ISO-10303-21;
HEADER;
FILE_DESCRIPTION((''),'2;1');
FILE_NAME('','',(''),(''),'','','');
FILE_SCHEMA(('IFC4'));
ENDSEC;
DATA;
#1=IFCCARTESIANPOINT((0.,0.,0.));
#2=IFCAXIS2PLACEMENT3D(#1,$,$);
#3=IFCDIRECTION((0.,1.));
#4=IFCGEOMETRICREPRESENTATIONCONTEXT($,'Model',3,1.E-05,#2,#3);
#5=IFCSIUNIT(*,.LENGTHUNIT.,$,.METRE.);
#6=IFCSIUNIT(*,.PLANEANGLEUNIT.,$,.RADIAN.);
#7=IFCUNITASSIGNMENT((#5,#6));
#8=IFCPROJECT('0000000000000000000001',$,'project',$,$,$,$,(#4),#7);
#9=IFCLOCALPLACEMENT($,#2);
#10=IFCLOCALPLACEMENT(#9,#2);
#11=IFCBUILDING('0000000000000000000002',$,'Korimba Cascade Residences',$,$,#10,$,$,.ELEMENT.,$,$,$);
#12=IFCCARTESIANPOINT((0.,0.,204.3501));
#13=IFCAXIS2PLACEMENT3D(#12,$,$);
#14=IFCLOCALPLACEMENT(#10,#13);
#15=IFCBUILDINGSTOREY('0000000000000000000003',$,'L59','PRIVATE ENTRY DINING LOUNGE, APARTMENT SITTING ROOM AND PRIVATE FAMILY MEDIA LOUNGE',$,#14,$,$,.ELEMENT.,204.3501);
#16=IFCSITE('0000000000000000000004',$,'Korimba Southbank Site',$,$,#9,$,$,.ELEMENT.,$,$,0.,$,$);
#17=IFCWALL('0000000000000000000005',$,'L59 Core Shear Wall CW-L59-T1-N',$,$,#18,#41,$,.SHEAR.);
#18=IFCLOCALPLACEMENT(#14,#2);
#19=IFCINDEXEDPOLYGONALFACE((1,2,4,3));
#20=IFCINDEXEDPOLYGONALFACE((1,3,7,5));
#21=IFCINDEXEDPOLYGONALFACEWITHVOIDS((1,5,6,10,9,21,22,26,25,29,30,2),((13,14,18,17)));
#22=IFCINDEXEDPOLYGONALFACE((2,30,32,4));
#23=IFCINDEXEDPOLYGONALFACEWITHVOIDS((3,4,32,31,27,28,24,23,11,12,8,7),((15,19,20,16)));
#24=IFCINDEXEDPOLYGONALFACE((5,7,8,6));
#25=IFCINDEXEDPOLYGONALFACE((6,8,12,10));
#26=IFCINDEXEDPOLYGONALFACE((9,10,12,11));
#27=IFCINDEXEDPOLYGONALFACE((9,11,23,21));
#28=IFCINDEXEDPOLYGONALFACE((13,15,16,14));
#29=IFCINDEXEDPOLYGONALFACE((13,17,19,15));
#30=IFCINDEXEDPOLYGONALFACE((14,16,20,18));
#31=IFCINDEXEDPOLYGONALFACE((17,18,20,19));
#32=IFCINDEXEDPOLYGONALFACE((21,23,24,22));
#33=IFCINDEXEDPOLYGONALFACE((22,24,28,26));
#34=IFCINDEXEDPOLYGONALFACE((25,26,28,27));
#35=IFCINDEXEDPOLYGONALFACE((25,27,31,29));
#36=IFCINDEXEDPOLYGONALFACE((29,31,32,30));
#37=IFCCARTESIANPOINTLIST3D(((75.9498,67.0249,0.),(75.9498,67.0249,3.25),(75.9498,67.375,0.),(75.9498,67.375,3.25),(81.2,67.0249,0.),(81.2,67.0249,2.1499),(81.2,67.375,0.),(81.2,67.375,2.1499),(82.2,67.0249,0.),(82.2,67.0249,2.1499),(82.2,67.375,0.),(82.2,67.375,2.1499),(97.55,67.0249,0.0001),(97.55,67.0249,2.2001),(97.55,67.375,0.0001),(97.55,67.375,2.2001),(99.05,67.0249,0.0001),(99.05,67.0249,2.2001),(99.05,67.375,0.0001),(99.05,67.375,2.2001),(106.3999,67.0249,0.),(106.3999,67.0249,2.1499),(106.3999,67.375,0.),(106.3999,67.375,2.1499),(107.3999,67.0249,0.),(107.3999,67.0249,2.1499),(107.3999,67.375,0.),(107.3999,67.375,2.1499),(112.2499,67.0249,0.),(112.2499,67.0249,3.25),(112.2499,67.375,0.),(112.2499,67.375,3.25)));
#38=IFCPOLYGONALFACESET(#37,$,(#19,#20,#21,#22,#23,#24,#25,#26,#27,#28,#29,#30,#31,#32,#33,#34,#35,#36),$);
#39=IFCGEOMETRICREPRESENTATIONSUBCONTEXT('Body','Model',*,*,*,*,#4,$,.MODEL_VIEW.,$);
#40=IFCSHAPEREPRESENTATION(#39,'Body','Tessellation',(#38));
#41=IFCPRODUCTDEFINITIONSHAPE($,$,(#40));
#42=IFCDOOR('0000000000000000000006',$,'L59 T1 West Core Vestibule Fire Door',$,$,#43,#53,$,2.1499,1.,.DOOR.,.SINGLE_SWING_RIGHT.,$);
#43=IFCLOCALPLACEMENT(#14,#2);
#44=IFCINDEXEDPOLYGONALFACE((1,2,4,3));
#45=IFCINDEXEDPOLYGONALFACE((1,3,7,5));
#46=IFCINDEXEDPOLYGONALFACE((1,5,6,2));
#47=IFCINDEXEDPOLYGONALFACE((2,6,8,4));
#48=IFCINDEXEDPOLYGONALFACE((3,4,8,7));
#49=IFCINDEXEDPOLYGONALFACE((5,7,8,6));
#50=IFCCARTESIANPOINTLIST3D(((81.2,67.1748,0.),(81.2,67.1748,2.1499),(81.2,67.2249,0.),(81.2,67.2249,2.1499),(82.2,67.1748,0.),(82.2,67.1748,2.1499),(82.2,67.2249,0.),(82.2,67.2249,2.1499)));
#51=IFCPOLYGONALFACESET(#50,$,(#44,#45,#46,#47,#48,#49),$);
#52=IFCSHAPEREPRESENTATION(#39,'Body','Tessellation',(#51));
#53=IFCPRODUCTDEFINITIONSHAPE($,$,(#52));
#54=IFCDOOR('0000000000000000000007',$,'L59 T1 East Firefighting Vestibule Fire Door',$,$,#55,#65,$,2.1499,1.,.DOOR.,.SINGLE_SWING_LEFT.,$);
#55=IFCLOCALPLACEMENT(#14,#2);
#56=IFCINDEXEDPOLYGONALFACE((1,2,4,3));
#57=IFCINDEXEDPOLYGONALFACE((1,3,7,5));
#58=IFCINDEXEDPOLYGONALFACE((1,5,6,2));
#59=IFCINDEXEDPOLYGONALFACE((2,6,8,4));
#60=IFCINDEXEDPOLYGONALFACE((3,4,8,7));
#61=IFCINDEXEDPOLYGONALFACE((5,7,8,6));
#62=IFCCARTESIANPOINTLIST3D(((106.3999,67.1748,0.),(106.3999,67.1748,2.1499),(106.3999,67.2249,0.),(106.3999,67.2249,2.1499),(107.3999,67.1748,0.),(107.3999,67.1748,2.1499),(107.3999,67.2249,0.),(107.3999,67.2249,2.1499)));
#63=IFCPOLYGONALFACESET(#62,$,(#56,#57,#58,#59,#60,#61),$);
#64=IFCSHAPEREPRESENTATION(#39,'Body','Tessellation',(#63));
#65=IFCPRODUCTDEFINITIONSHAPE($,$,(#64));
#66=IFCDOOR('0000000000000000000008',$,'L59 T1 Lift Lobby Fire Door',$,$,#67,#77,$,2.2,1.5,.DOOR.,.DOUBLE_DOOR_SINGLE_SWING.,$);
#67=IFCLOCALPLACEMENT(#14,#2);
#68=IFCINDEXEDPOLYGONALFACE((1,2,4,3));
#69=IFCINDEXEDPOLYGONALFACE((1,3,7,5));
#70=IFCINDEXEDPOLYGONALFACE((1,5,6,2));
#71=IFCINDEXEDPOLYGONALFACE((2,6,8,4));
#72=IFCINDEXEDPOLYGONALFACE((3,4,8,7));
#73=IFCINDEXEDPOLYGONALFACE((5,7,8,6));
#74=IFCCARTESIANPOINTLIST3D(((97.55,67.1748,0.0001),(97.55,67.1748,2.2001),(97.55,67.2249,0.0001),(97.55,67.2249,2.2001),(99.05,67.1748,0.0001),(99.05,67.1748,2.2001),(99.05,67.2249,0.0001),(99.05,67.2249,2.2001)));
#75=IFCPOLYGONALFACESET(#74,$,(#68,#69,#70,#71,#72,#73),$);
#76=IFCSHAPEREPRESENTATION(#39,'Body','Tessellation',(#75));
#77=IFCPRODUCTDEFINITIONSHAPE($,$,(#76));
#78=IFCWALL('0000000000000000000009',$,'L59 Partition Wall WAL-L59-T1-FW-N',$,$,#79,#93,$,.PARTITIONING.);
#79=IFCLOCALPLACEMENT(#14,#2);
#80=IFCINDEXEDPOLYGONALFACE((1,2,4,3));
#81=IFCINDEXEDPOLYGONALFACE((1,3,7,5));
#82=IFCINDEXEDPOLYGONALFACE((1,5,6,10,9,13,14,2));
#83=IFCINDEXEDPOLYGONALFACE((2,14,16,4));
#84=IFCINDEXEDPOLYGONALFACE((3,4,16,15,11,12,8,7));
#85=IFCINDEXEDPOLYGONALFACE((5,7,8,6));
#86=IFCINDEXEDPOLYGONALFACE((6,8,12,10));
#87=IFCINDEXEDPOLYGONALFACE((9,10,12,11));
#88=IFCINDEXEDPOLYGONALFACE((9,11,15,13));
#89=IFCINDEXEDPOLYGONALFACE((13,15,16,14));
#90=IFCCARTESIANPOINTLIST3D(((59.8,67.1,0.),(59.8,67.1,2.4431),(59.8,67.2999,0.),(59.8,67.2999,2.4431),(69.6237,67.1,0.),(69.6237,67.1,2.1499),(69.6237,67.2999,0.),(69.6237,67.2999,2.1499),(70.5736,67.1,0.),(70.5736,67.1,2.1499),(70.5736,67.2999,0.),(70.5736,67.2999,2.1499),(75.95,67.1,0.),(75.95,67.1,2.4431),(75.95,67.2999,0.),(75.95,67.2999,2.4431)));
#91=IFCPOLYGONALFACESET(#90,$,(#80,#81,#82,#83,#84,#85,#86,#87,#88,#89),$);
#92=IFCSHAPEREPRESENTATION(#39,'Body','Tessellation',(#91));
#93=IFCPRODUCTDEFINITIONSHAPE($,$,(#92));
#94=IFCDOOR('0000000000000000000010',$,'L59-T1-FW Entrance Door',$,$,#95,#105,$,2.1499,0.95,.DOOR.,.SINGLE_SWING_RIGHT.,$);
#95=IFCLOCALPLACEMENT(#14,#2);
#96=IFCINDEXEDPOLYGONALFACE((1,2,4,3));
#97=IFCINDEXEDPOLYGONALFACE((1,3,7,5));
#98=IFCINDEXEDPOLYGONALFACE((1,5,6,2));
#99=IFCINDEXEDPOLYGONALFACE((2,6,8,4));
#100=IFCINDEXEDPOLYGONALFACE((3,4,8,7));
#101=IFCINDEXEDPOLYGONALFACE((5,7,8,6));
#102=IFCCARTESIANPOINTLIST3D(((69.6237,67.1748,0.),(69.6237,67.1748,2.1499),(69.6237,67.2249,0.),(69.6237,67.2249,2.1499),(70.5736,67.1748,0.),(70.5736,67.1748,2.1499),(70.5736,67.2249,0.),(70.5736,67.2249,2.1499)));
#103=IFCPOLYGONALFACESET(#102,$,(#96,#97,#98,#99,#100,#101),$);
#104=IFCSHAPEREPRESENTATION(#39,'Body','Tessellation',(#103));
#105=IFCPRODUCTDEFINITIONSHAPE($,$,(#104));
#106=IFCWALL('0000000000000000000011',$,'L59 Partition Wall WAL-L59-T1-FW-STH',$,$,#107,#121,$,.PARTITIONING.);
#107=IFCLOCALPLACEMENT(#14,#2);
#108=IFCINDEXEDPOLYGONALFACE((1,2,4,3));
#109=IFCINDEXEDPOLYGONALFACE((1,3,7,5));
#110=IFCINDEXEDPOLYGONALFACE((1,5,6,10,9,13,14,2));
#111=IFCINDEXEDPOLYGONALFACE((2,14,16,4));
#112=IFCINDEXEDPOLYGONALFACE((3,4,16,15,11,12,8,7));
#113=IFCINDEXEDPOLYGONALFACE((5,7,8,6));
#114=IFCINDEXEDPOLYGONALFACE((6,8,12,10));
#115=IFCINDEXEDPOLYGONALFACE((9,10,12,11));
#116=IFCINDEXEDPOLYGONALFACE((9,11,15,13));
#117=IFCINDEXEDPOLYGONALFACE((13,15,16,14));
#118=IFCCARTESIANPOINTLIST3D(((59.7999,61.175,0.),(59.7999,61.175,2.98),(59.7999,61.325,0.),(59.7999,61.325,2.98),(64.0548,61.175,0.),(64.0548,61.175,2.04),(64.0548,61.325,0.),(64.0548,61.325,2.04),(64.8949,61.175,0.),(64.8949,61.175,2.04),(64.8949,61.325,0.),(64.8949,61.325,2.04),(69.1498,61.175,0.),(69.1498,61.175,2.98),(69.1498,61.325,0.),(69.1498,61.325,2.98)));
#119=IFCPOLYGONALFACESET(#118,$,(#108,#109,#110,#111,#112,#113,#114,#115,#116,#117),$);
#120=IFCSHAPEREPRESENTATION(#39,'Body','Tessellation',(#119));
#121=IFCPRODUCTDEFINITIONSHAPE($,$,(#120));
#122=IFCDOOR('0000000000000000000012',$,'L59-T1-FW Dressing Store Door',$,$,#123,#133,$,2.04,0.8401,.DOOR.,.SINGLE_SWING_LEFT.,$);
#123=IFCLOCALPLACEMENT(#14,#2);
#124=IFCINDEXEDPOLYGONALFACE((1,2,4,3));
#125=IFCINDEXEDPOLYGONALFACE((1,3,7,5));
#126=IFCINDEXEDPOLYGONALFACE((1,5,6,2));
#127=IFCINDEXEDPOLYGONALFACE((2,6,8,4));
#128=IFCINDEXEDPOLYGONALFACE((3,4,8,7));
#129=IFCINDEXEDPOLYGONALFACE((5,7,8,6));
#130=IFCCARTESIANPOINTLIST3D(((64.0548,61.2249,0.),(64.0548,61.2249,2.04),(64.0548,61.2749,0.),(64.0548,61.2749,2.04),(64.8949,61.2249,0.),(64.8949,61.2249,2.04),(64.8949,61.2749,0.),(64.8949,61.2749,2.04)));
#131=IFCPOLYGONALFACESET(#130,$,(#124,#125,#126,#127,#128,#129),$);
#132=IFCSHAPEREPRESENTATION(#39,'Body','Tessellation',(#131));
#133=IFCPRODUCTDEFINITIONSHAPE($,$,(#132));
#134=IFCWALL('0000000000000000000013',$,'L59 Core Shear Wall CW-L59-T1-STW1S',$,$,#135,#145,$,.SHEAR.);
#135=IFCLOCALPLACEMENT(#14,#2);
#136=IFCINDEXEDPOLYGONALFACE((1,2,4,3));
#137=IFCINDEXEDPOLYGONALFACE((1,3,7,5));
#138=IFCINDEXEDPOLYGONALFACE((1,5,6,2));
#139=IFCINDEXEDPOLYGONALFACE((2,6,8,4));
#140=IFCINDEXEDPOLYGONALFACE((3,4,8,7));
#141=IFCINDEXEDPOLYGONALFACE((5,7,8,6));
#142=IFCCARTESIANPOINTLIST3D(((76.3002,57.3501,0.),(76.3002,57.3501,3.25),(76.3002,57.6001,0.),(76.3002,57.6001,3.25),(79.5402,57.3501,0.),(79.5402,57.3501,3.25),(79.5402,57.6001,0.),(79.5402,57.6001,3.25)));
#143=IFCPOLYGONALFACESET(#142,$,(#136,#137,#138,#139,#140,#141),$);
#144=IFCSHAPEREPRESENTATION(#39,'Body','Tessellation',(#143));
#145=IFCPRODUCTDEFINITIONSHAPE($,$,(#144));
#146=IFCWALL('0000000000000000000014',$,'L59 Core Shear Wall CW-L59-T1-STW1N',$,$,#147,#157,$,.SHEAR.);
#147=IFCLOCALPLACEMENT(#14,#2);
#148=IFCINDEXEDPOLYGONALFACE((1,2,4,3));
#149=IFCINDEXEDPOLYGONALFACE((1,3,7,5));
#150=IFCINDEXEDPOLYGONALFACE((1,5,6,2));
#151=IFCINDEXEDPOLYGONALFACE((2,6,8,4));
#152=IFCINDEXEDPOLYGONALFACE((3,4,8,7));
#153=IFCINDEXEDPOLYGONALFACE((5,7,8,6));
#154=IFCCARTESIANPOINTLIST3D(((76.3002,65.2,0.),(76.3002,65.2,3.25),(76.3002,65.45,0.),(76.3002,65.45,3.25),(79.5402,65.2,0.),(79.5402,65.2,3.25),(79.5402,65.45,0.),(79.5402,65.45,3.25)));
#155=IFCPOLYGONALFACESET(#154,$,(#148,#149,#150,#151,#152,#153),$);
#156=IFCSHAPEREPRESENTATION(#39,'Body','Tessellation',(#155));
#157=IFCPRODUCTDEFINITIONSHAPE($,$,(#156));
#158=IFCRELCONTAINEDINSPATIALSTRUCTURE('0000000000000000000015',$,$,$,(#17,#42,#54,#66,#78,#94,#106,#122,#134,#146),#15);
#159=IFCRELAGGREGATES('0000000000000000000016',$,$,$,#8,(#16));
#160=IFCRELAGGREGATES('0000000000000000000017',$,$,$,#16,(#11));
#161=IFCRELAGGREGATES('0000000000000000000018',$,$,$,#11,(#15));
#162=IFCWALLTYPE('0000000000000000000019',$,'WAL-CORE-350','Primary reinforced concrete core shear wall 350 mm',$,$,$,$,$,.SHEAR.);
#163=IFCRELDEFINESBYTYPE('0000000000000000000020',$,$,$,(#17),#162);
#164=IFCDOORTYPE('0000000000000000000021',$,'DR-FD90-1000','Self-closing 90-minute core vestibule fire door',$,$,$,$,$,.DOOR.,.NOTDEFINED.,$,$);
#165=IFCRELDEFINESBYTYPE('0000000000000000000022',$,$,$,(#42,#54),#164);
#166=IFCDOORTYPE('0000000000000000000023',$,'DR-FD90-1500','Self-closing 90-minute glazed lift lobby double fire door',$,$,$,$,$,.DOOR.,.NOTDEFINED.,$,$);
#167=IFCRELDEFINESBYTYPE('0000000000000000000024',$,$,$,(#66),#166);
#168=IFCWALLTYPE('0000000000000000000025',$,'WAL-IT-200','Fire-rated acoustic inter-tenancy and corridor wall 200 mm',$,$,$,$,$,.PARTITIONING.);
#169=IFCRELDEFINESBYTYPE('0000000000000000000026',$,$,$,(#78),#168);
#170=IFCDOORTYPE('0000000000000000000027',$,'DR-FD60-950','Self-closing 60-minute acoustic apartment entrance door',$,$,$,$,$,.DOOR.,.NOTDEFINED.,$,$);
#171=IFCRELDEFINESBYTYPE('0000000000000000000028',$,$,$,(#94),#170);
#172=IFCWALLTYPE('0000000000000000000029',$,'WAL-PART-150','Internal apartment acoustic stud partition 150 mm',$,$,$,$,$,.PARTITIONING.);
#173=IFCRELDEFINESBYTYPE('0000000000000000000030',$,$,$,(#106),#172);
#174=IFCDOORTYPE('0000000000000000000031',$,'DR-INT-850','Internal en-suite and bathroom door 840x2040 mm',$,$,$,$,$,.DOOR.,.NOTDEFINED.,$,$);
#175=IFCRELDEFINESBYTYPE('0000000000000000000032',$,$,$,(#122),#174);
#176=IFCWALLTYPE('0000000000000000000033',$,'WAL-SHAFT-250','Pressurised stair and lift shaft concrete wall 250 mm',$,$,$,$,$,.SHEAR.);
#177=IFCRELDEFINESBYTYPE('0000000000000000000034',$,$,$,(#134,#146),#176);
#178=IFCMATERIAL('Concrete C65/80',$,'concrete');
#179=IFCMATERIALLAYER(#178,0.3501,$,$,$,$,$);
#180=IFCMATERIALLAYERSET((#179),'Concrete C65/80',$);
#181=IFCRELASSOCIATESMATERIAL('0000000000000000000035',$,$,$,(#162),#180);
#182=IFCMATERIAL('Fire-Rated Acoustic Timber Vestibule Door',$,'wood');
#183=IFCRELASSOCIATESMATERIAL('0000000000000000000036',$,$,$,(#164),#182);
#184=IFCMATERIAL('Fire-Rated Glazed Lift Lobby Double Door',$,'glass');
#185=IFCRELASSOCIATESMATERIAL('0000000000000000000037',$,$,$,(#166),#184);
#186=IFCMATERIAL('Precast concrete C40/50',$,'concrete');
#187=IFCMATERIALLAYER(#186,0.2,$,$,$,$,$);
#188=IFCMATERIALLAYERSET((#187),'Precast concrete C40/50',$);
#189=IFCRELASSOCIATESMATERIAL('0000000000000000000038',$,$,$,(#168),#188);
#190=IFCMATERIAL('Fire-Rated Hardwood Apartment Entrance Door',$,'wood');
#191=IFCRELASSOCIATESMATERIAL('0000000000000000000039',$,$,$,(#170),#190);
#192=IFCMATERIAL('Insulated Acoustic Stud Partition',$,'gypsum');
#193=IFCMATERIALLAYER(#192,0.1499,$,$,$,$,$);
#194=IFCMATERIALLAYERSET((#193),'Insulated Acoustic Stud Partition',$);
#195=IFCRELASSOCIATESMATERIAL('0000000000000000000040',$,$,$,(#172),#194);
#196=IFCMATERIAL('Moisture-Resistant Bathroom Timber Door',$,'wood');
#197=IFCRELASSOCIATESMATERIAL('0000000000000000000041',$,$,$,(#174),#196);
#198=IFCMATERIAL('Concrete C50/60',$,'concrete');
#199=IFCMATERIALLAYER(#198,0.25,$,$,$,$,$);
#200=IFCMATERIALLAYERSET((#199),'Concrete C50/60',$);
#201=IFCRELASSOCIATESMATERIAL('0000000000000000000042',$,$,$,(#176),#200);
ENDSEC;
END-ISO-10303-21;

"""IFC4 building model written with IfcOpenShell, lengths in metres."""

from ifc_helpers import new_model, si_unit, direction, frame, frame_2d, origin, place, context, subcontext, project, spatial, rectangle, extrude, material, layer, layer_set, type_object, element, fill, save


model = new_model("IFC4")

# Units and contexts
model_context = context("Model", 3, precision=1e-05, world=origin(), true_north=direction((0.0, 1.0)))
body_context = subcontext(model_context, "Body", "Model", "MODEL_VIEW")
ifc_project = project(units=[si_unit("LENGTHUNIT", "METRE"), si_unit("PLANEANGLEUNIT", "RADIAN")], contexts=[model_context])

# Site, building, storey
site_placement = place(None, origin())
site = spatial("IfcSite", under=ifc_project, at=site_placement, Name="Korimba Southbank Site", CompositionType="ELEMENT", RefElevation=0.0)
building_placement = place(site_placement, origin())
building = spatial("IfcBuilding", under=site, at=building_placement, Name="Korimba Cascade Residences", CompositionType="ELEMENT")
storey_placement = place(building_placement, frame((0.0, 0.0, 204.3501)))
storey = spatial("IfcBuildingStorey", under=building, at=storey_placement, Name="L59", Description="PRIVATE ENTRY DINING LOUNGE, APARTMENT SITTING ROOM AND PRIVATE FAMILY MEDIA LOUNGE", CompositionType="ELEMENT", Elevation=204.3501)

# Shared definitions
ifc_material_1 = material(Name="Concrete C65/80", Category="concrete")

# Wall, openings, doors
ifc_layer_1 = layer(ifc_material_1, 0.3501)
ifc_layer_set_1 = layer_set([ifc_layer_1], Name="Concrete C65/80")
wall_type_1 = type_object("IfcWallType", Name="WAL-CORE-350", Description="Primary reinforced concrete core shear wall 350 mm", PredefinedType="SHEAR", material=ifc_layer_set_1)
wall_1_placement = place(storey_placement, frame((75.95, 67.2, 0.0), z_axis=(0.0, 0.0, 1.0), x_axis=(1.0, 0.0, 0.0)))
wall_1 = element("IfcWall", 1, at=wall_1_placement, inside=storey, type_object=wall_type_1, Name="L59 Core Shear Wall CW-L59-T1-N", PredefinedType="SHEAR", context=body_context, shape_type="SweptSolid", body=[
    extrude(rectangle(XDim=36.3, YDim=0.3501, at=frame_2d((18.1499, 0.0))), origin(), (0.0, 0.0, 1.0), 3.25),
])
opening_1_placement = place(wall_1_placement, frame((5.25, 0.0, 0.0)))
opening_1 = element("IfcOpeningElement", 2, at=opening_1_placement, cuts=wall_1, PredefinedType="OPENING", context=body_context, shape_type="SweptSolid", body=[
    extrude(rectangle(XDim=1.0, YDim=2.1499, at=frame_2d((0.5, 1.075))), frame((0.0, 0.1851, 0.0), z_axis=(0.0, -1.0, 0.0), x_axis=(1.0, 0.0, 0.0)), (0.0, 0.0, 1.0), 0.3701),
])
opening_2_placement = place(wall_1_placement, frame((21.6001, 0.0, 0.0)))
opening_2 = element("IfcOpeningElement", 3, at=opening_2_placement, cuts=wall_1, PredefinedType="OPENING", context=body_context, shape_type="SweptSolid", body=[
    extrude(rectangle(XDim=1.5, YDim=2.2, at=frame_2d((0.75, 1.1001))), frame((0.0, 0.1851, 0.0), z_axis=(0.0, -1.0, 0.0), x_axis=(1.0, 0.0, 0.0)), (0.0, 0.0, 1.0), 0.3701),
])
opening_3_placement = place(wall_1_placement, frame((30.45, 0.0, 0.0)))
opening_3 = element("IfcOpeningElement", 4, at=opening_3_placement, cuts=wall_1, PredefinedType="OPENING", context=body_context, shape_type="SweptSolid", body=[
    extrude(rectangle(XDim=1.0, YDim=2.1499, at=frame_2d((0.5, 1.075))), frame((0.0, 0.1851, 0.0), z_axis=(0.0, -1.0, 0.0), x_axis=(1.0, 0.0, 0.0)), (0.0, 0.0, 1.0), 0.3701),
])
ifc_material_2 = material(Name="Fire-Rated Acoustic Timber Vestibule Door", Category="wood")
door_type_1 = type_object("IfcDoorType", Name="DR-FD90-1000", Description="Self-closing 90-minute core vestibule fire door", OperationType="NOTDEFINED", PredefinedType="DOOR", material=ifc_material_2)
door_1_placement = place(opening_1_placement, origin())
door_1 = element("IfcDoor", 5, at=door_1_placement, inside=storey, type_object=door_type_1, Name="L59 T1 West Core Vestibule Fire Door", OperationType="SINGLE_SWING_RIGHT", OverallHeight=2.1499, OverallWidth=1.0, PredefinedType="DOOR", context=body_context, shape_type="SweptSolid", body=[
    extrude(rectangle(XDim=1.0, YDim=2.1499, at=frame_2d((0.5, 1.075))), frame((0.0, 0.0249, 0.0), z_axis=(0.0, -1.0, 0.0), x_axis=(1.0, 0.0, 0.0)), (0.0, 0.0, 1.0), 0.05),
])
fill(opening_1, door_1)
door_2_placement = place(opening_3_placement, origin())
door_2 = element("IfcDoor", 6, at=door_2_placement, inside=storey, type_object=door_type_1, Name="L59 T1 East Firefighting Vestibule Fire Door", OperationType="SINGLE_SWING_LEFT", OverallHeight=2.1499, OverallWidth=1.0, PredefinedType="DOOR", context=body_context, shape_type="SweptSolid", body=[
    extrude(rectangle(XDim=1.0, YDim=2.1499, at=frame_2d((0.5, 1.075))), frame((0.0, 0.0249, 0.0), z_axis=(0.0, -1.0, 0.0), x_axis=(1.0, 0.0, 0.0)), (0.0, 0.0, 1.0), 0.05),
])
fill(opening_3, door_2)
ifc_material_3 = material(Name="Fire-Rated Glazed Lift Lobby Double Door", Category="glass")
door_type_2 = type_object("IfcDoorType", Name="DR-FD90-1500", Description="Self-closing 90-minute glazed lift lobby double fire door", OperationType="NOTDEFINED", PredefinedType="DOOR", material=ifc_material_3)
door_3_placement = place(opening_2_placement, origin())
door_3 = element("IfcDoor", 7, at=door_3_placement, inside=storey, type_object=door_type_2, Name="L59 T1 Lift Lobby Fire Door", OperationType="DOUBLE_DOOR_SINGLE_SWING", OverallHeight=2.2, OverallWidth=1.5, PredefinedType="DOOR", context=body_context, shape_type="SweptSolid", body=[
    extrude(rectangle(XDim=1.5, YDim=2.2, at=frame_2d((0.75, 1.1001))), frame((0.0, 0.0249, 0.0), z_axis=(0.0, -1.0, 0.0), x_axis=(1.0, 0.0, 0.0)), (0.0, 0.0, 1.0), 0.05),
])
fill(opening_2, door_3)

# Walls, openings, doors
ifc_material_4 = material(Name="Precast concrete C40/50", Category="concrete")
ifc_layer_2 = layer(ifc_material_4, 0.2)
ifc_layer_set_2 = layer_set([ifc_layer_2], Name="Precast concrete C40/50")
wall_type_2 = type_object("IfcWallType", Name="WAL-IT-200", Description="Fire-rated acoustic inter-tenancy and corridor wall 200 mm", PredefinedType="PARTITIONING", material=ifc_layer_set_2)
wall_2_placement = place(storey_placement, frame((59.8, 67.2, 0.0), z_axis=(0.0, 0.0, 1.0), x_axis=(1.0, 0.0, 0.0)))
wall_2 = element("IfcWall", 8, at=wall_2_placement, inside=storey, type_object=wall_type_2, Name="L59 Partition Wall WAL-L59-T1-FW-N", PredefinedType="PARTITIONING", context=body_context, shape_type="SweptSolid", body=[
    extrude(rectangle(XDim=16.1499, YDim=0.2, at=frame_2d((8.075, 0.0))), origin(), (0.0, 0.0, 1.0), 2.4431),
])
opening_4_placement = place(wall_2_placement, frame((9.8235, 0.0, 0.0)))
opening_4 = element("IfcOpeningElement", 9, at=opening_4_placement, cuts=wall_2, PredefinedType="OPENING", context=body_context, shape_type="SweptSolid", body=[
    extrude(rectangle(XDim=0.95, YDim=2.1499, at=frame_2d((0.4751, 1.075))), frame((0.0, 0.1099, 0.0), z_axis=(0.0, -1.0, 0.0), x_axis=(1.0, 0.0, 0.0)), (0.0, 0.0, 1.0), 0.22),
])
ifc_material_5 = material(Name="Fire-Rated Hardwood Apartment Entrance Door", Category="wood")
door_type_3 = type_object("IfcDoorType", Name="DR-FD60-950", Description="Self-closing 60-minute acoustic apartment entrance door", OperationType="NOTDEFINED", PredefinedType="DOOR", material=ifc_material_5)
door_4_placement = place(opening_4_placement, origin())
door_4 = element("IfcDoor", 10, at=door_4_placement, inside=storey, type_object=door_type_3, Name="L59-T1-FW Entrance Door", OperationType="SINGLE_SWING_RIGHT", OverallHeight=2.1499, OverallWidth=0.95, PredefinedType="DOOR", context=body_context, shape_type="SweptSolid", body=[
    extrude(rectangle(XDim=0.95, YDim=2.1499, at=frame_2d((0.4751, 1.075))), frame((0.0, 0.0249, 0.0), z_axis=(0.0, -1.0, 0.0), x_axis=(1.0, 0.0, 0.0)), (0.0, 0.0, 1.0), 0.05),
])
fill(opening_4, door_4)
ifc_material_6 = material(Name="Insulated Acoustic Stud Partition", Category="gypsum")
ifc_layer_3 = layer(ifc_material_6, 0.1499)
ifc_layer_set_3 = layer_set([ifc_layer_3], Name="Insulated Acoustic Stud Partition")
wall_type_3 = type_object("IfcWallType", Name="WAL-PART-150", Description="Internal apartment acoustic stud partition 150 mm", PredefinedType="PARTITIONING", material=ifc_layer_set_3)
wall_3_placement = place(storey_placement, frame((59.8, 61.25, 0.0), z_axis=(0.0, 0.0, 1.0), x_axis=(1.0, 0.0, 0.0)))
wall_3 = element("IfcWall", 11, at=wall_3_placement, inside=storey, type_object=wall_type_3, Name="L59 Partition Wall WAL-L59-T1-FW-STH", PredefinedType="PARTITIONING", context=body_context, shape_type="SweptSolid", body=[
    extrude(rectangle(XDim=9.3499, YDim=0.1499, at=frame_2d((4.6748, 0.0))), origin(), (0.0, 0.0, 1.0), 2.98),
])
opening_5_placement = place(wall_3_placement, frame((4.2549, 0.0, 0.0)))
opening_5 = element("IfcOpeningElement", 12, at=opening_5_placement, cuts=wall_3, PredefinedType="OPENING", context=body_context, shape_type="SweptSolid", body=[
    extrude(rectangle(XDim=0.8401, YDim=2.04, at=frame_2d((0.4199, 1.02))), frame((0.0, 0.085, 0.0), z_axis=(0.0, -1.0, 0.0), x_axis=(1.0, 0.0, 0.0)), (0.0, 0.0, 1.0), 0.1699),
])
ifc_material_7 = material(Name="Moisture-Resistant Bathroom Timber Door", Category="wood")
door_type_4 = type_object("IfcDoorType", Name="DR-INT-850", Description="Internal en-suite and bathroom door 840x2040 mm", OperationType="NOTDEFINED", PredefinedType="DOOR", material=ifc_material_7)
door_5_placement = place(opening_5_placement, origin())
door_5 = element("IfcDoor", 13, at=door_5_placement, inside=storey, type_object=door_type_4, Name="L59-T1-FW Dressing Store Door", OperationType="SINGLE_SWING_LEFT", OverallHeight=2.04, OverallWidth=0.8401, PredefinedType="DOOR", context=body_context, shape_type="SweptSolid", body=[
    extrude(rectangle(XDim=0.8401, YDim=2.04, at=frame_2d((0.4199, 1.02))), frame((0.0, 0.0249, 0.0), z_axis=(0.0, -1.0, 0.0), x_axis=(1.0, 0.0, 0.0)), (0.0, 0.0, 1.0), 0.05),
])
fill(opening_5, door_5)

# Walls
ifc_material_8 = material(Name="Concrete C50/60", Category="concrete")
ifc_layer_4 = layer(ifc_material_8, 0.25)
ifc_layer_set_4 = layer_set([ifc_layer_4], Name="Concrete C50/60")
wall_type_4 = type_object("IfcWallType", Name="WAL-SHAFT-250", Description="Pressurised stair and lift shaft concrete wall 250 mm", PredefinedType="SHEAR", material=ifc_layer_set_4)
for number, where, z_axis, x_axis, name in (
    (14, (76.3, 57.4751, 0.0), (0.0, 0.0, 1.0), (1.0, 0.0, 0.0), "L59 Core Shear Wall CW-L59-T1-STW1S"),
    (15, (76.3, 65.325, 0.0), (0.0, 0.0, 1.0), (1.0, 0.0, 0.0), "L59 Core Shear Wall CW-L59-T1-STW1N"),
):
    element("IfcWall", number, at=place(storey_placement, frame(where, z_axis=z_axis, x_axis=x_axis)), inside=storey, type_object=wall_type_4, Name=name, PredefinedType="SHEAR", context=body_context, shape_type="SweptSolid", body=[
        extrude(rectangle(XDim=3.24, YDim=0.25, at=frame_2d((1.6201, 0.0))), origin(), (0.0, 0.0, 1.0), 3.25),
    ])

save(model, "model.ifc")
